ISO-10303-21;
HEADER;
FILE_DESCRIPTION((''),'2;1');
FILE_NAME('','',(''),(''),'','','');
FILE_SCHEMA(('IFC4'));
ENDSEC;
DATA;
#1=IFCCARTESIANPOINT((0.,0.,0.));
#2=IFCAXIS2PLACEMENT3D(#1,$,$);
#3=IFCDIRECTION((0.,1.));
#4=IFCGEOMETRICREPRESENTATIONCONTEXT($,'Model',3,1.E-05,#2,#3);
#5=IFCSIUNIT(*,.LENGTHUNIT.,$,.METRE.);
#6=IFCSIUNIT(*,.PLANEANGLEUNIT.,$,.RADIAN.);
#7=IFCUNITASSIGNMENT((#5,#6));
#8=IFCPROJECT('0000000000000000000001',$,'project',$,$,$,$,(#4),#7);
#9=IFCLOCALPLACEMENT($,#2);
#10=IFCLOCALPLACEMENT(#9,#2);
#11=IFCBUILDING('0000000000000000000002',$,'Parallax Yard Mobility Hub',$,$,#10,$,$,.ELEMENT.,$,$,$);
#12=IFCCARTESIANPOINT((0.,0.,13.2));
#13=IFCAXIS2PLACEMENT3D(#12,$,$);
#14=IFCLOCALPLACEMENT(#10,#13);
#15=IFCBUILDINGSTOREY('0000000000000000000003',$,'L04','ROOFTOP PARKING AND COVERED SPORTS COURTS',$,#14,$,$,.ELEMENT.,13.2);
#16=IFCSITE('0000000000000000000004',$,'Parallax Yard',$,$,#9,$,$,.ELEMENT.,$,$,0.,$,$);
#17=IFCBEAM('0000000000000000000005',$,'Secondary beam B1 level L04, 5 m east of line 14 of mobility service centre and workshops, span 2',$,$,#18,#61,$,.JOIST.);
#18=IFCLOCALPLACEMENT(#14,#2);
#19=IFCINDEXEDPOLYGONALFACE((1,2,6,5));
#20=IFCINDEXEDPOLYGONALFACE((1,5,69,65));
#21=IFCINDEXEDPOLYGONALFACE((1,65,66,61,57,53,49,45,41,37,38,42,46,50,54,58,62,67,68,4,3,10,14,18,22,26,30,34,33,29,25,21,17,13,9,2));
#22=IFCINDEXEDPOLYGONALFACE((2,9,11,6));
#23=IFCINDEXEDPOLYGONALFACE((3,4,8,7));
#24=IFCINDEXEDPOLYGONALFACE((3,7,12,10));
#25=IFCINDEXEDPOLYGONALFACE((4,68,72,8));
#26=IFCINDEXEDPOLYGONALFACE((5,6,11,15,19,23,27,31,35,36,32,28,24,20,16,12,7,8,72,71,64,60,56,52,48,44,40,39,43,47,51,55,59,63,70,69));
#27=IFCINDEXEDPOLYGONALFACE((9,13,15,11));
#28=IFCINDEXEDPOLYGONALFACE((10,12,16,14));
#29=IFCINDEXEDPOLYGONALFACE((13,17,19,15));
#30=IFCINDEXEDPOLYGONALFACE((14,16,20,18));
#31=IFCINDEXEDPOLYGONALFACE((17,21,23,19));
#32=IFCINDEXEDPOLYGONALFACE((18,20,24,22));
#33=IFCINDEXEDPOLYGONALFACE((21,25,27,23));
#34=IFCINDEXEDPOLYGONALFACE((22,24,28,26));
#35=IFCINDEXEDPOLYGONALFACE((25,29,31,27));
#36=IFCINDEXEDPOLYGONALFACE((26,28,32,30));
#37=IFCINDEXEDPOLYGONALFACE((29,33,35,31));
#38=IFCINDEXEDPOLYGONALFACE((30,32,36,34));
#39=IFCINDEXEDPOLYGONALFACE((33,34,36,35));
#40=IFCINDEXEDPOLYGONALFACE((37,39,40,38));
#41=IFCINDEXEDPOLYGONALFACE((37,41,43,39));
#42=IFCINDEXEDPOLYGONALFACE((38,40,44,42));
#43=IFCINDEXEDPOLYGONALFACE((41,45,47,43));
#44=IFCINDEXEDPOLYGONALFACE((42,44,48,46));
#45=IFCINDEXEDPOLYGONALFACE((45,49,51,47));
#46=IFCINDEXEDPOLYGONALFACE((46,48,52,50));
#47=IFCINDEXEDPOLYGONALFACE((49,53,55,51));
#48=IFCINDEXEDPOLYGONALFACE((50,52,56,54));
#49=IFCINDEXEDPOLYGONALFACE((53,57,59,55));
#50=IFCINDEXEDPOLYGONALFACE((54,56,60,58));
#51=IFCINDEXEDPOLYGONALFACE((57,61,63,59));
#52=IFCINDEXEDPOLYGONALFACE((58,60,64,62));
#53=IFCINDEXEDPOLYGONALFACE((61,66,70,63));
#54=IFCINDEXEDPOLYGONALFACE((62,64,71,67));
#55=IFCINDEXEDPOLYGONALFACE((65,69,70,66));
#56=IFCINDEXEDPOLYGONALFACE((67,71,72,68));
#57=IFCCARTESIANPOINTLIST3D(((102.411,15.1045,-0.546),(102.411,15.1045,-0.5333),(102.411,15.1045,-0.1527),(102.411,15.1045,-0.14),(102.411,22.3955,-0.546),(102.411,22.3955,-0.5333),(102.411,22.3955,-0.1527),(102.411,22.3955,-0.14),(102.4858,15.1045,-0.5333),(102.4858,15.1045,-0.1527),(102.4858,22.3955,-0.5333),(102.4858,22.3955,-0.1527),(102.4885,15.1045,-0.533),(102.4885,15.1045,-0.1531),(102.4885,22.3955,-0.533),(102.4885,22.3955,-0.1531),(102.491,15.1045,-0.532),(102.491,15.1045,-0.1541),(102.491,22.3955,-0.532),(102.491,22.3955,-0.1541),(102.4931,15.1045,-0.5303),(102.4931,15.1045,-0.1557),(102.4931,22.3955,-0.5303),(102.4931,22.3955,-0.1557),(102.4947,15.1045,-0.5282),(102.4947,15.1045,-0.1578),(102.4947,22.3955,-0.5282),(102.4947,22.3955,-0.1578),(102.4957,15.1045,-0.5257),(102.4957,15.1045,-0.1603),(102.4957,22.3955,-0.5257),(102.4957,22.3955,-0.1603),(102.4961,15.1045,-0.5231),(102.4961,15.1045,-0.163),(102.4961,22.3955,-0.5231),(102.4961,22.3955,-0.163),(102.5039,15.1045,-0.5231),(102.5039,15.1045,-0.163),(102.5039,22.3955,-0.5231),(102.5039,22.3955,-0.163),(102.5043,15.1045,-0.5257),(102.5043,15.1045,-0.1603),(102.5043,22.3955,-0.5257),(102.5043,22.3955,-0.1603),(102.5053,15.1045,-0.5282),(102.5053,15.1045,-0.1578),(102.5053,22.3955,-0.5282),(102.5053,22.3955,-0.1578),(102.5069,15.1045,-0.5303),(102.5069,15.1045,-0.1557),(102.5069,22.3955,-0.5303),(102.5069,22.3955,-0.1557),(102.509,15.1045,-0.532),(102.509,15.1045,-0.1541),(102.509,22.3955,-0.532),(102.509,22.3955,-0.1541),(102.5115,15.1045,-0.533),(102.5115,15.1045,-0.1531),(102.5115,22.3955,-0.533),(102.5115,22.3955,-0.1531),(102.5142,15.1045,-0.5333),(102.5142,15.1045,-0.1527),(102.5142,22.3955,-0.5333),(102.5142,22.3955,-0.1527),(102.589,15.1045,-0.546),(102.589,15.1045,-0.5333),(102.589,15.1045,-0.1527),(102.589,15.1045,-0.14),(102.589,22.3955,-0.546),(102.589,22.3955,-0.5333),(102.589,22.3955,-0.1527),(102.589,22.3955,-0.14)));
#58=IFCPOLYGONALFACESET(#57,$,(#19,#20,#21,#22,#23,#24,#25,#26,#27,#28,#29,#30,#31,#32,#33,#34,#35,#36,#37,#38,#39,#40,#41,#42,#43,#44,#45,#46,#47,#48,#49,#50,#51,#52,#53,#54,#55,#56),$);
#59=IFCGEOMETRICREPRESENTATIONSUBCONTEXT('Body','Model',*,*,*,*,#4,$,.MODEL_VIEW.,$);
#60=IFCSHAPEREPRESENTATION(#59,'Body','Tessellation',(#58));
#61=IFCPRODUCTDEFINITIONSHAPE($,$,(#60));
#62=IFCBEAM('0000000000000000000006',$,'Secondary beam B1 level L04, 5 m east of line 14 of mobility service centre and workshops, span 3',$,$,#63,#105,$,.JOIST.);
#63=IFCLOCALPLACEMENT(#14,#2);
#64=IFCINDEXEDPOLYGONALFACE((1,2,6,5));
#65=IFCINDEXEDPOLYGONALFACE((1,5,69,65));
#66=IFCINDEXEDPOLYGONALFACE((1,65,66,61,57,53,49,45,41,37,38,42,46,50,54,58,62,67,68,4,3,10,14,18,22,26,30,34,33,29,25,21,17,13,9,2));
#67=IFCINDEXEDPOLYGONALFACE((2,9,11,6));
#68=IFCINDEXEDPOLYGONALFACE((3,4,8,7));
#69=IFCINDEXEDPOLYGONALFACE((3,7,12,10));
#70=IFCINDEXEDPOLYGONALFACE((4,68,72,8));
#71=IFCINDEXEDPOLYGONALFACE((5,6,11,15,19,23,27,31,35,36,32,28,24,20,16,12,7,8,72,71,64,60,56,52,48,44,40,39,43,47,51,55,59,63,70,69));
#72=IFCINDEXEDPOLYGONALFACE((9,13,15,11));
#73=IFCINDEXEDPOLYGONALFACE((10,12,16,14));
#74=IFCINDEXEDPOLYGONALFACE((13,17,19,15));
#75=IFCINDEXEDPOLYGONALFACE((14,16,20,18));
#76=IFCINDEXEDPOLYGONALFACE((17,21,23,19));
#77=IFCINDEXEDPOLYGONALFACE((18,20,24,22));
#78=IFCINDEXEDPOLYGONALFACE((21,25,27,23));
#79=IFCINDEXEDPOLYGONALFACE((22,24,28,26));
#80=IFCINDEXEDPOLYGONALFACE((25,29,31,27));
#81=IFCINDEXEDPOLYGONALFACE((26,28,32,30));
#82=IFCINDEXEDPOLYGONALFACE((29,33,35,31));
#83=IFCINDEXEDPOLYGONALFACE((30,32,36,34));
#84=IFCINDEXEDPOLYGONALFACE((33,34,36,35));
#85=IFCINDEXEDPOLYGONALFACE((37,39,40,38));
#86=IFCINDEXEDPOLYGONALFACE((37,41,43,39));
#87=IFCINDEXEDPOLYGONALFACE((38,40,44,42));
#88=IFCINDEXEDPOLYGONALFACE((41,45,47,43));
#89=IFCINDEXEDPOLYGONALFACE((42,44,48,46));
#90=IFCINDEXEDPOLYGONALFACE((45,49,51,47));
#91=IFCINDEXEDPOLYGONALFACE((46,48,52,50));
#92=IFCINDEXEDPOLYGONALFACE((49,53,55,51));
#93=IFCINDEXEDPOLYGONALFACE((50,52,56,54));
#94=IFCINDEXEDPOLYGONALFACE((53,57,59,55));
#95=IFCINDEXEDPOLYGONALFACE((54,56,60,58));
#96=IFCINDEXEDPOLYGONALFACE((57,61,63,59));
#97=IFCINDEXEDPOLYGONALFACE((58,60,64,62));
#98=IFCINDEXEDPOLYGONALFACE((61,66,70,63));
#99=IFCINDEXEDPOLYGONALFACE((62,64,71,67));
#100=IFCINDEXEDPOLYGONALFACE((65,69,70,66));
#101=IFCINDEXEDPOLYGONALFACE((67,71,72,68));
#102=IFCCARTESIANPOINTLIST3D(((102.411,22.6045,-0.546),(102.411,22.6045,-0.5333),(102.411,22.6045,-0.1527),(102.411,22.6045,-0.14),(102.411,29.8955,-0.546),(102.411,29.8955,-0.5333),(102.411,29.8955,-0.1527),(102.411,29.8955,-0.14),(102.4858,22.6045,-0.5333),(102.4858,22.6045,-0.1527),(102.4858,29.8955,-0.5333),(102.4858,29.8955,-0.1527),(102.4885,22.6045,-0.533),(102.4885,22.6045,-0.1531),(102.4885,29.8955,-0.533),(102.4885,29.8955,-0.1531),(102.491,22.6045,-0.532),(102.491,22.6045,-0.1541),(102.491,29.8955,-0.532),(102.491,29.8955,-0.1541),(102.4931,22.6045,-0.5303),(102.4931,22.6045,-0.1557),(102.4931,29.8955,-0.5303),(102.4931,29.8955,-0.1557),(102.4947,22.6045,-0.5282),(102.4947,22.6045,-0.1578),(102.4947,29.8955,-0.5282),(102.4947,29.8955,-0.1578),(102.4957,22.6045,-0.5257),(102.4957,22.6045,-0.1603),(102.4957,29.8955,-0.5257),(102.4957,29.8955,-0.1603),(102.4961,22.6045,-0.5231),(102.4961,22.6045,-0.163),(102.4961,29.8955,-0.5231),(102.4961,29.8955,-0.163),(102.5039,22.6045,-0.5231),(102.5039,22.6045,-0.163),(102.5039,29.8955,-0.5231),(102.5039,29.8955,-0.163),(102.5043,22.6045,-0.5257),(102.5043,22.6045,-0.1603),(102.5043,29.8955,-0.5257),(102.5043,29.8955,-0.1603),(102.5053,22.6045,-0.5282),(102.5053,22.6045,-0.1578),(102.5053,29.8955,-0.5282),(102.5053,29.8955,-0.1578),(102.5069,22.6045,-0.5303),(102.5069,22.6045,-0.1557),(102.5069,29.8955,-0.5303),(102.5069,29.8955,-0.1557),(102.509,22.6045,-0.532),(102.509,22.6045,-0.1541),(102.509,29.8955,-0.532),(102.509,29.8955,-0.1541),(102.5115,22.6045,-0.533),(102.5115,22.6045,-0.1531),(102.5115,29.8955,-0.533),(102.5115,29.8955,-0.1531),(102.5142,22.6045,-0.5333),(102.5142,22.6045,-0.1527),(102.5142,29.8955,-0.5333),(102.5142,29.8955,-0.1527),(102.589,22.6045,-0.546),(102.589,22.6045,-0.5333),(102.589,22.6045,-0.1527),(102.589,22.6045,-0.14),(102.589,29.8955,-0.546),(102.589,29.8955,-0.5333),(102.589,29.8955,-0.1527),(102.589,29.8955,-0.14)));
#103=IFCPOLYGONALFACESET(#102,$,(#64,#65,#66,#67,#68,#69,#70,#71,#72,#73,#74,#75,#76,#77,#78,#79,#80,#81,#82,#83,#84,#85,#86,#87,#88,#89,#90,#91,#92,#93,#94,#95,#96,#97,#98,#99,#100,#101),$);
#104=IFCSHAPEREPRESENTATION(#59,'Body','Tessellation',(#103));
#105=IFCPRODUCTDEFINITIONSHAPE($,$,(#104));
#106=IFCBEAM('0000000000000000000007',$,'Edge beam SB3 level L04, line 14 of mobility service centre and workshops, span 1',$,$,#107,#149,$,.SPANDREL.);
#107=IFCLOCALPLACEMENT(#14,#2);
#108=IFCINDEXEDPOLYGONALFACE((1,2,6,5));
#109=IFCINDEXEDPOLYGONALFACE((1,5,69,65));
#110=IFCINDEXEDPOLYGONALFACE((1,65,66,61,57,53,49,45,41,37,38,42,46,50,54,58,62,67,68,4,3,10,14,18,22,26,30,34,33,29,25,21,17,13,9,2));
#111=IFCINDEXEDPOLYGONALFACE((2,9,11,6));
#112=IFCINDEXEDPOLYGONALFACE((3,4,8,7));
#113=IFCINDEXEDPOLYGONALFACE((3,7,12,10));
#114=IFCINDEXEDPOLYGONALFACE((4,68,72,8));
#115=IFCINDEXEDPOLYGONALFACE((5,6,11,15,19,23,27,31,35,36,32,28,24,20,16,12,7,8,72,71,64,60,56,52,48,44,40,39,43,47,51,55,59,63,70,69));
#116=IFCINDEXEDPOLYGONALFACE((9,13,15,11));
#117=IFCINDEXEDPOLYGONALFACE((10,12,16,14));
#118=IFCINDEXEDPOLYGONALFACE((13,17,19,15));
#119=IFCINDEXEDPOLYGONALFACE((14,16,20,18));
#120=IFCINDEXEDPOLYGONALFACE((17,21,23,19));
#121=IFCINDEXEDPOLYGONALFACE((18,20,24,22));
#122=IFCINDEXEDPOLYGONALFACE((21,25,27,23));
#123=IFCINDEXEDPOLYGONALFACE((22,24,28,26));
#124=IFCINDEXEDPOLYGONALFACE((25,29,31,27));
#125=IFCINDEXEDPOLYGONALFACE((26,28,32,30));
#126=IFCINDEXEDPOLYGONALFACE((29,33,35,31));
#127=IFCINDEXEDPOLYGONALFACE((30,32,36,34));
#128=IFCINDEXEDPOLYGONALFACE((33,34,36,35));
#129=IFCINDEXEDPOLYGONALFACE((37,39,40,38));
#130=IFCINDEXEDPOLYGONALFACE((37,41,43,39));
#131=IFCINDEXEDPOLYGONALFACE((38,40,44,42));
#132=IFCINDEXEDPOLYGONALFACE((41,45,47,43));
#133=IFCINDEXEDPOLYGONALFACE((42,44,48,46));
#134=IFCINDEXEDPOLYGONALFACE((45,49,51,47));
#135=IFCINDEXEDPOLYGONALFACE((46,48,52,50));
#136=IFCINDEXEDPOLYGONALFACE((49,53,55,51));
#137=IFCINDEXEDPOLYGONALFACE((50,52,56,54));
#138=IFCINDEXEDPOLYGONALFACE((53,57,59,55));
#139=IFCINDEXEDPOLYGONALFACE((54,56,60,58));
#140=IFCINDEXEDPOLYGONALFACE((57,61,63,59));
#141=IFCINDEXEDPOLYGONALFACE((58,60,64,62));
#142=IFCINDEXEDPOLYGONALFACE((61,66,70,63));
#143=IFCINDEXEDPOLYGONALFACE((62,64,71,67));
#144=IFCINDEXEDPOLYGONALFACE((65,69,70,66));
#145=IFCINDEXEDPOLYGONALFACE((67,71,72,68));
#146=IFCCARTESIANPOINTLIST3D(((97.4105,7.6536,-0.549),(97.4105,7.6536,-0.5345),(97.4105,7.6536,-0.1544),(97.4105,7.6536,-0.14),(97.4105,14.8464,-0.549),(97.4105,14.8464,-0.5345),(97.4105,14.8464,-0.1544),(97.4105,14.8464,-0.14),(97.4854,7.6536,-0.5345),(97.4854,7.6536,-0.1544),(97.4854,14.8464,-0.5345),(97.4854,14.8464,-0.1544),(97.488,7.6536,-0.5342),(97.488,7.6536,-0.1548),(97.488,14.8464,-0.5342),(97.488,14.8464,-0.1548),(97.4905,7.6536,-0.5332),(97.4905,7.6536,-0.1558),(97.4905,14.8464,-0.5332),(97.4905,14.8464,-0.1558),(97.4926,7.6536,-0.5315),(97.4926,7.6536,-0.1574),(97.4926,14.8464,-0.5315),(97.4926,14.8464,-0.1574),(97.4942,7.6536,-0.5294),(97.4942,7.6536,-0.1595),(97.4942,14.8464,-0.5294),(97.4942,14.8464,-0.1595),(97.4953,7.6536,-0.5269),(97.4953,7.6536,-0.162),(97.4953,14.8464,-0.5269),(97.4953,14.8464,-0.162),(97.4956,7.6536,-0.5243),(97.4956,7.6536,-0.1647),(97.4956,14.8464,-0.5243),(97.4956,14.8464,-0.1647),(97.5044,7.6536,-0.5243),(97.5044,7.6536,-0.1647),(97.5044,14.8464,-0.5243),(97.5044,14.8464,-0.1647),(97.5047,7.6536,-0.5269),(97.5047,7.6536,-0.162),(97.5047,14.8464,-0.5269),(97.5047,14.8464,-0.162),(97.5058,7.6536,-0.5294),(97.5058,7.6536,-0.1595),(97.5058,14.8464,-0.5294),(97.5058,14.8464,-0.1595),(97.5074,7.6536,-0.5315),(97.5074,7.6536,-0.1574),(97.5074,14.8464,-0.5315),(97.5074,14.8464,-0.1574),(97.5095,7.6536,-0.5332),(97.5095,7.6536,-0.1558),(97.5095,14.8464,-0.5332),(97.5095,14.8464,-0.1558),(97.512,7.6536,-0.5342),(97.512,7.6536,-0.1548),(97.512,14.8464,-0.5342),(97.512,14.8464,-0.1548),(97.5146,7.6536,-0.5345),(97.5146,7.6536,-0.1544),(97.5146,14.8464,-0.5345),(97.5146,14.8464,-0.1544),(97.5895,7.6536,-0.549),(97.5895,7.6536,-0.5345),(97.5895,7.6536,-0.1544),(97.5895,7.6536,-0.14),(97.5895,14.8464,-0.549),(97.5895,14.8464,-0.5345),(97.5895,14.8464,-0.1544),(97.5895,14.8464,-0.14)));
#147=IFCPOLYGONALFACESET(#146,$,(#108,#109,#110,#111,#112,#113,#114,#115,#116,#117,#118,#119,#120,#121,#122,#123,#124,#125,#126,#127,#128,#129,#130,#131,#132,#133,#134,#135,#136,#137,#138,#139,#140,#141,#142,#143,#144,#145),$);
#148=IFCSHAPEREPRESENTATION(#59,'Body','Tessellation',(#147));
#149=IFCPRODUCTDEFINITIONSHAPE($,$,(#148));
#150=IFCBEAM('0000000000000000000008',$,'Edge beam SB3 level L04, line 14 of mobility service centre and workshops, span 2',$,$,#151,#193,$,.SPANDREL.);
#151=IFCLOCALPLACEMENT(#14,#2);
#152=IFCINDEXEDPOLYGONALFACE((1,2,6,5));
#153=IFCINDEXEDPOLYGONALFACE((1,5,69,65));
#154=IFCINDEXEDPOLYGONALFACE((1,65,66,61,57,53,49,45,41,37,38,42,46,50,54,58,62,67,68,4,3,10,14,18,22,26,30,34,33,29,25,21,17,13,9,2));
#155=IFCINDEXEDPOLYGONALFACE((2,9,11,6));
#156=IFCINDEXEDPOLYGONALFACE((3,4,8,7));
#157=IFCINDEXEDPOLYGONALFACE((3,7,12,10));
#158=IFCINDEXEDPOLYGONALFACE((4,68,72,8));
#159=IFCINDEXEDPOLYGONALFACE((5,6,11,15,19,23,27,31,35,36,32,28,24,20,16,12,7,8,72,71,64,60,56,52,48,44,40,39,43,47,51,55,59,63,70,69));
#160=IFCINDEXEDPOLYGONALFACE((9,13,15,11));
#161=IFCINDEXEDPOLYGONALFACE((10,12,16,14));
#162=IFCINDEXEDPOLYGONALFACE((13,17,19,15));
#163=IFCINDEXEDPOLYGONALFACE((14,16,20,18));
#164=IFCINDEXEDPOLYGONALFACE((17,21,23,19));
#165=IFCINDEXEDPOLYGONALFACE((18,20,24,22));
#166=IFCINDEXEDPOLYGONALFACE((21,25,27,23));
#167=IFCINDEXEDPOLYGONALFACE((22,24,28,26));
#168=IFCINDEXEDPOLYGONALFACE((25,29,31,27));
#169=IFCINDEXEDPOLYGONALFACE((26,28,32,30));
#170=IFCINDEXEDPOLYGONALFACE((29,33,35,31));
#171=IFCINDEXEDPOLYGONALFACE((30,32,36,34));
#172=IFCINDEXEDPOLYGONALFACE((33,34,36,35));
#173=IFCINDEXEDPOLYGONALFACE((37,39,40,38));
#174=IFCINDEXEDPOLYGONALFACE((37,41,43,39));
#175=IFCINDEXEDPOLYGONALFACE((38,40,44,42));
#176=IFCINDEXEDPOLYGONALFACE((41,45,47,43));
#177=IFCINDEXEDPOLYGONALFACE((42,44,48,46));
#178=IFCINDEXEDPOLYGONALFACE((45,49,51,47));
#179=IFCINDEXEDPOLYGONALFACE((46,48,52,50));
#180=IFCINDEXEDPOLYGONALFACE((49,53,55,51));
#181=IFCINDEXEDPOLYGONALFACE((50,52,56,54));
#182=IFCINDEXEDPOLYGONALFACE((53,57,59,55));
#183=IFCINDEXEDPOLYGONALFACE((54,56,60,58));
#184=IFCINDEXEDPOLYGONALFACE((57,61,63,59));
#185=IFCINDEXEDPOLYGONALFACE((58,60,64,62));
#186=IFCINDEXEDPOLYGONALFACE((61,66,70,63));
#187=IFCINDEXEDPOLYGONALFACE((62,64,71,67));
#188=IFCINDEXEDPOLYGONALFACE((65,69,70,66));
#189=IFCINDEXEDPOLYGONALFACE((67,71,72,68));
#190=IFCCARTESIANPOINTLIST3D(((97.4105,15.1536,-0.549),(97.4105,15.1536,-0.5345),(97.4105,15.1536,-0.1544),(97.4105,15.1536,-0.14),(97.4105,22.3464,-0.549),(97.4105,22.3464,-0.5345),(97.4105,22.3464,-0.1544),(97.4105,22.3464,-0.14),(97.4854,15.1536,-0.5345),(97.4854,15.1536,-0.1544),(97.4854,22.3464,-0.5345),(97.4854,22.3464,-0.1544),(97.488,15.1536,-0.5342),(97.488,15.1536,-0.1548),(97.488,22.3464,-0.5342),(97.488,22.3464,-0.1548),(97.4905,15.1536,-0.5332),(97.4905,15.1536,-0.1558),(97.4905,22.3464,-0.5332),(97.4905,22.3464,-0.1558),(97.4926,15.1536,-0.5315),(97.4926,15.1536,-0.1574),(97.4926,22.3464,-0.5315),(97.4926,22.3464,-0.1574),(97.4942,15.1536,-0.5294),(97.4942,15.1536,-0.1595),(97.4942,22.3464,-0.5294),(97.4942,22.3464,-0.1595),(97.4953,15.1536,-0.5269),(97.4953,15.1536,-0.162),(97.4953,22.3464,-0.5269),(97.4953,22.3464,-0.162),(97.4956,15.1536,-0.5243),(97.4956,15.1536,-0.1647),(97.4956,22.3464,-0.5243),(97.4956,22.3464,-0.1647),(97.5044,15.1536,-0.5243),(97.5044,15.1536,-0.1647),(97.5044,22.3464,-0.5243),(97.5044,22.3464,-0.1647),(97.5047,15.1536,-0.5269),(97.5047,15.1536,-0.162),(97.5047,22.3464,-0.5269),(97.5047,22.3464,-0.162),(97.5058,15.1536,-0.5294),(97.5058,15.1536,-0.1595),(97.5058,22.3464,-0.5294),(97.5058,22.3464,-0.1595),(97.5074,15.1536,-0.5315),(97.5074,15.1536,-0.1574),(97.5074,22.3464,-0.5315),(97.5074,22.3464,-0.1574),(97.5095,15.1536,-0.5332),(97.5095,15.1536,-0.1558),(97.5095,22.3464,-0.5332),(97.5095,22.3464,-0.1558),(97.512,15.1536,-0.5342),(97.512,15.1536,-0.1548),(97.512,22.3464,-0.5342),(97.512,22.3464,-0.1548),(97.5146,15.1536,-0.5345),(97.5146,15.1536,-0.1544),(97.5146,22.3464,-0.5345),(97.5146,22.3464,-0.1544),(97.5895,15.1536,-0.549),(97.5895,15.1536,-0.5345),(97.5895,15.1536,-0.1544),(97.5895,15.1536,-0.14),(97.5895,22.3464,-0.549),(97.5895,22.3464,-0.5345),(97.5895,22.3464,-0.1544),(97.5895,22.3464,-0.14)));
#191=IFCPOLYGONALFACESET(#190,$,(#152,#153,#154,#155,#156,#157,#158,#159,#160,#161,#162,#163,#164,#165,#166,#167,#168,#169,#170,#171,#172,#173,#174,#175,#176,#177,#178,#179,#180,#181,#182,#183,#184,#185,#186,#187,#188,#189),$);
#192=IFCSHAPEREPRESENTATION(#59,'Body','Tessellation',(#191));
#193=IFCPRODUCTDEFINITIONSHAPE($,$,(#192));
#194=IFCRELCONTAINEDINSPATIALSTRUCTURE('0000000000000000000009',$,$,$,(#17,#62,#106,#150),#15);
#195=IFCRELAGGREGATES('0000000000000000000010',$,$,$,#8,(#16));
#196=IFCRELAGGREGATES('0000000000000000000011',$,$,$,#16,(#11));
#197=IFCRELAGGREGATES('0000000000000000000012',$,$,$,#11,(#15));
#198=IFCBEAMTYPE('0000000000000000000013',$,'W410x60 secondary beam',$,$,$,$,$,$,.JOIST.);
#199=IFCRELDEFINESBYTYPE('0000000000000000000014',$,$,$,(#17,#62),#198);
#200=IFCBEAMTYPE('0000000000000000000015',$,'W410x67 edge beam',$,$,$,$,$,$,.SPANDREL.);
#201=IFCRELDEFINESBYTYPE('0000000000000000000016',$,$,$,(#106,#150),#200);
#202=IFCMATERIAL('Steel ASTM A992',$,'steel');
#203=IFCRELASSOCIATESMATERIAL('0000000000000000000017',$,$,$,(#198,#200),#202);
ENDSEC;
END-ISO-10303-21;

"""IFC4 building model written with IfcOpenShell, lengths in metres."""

from ifc_helpers import new_model, si_unit, direction, frame, origin, origin_2d, place, context, subcontext, project, spatial, i_section, extrude, material, material_profile, profile_set, type_object, element, save


model = new_model("IFC4")

# Units and contexts
model_context = context("Model", 3, precision=1e-05, world=origin(), true_north=direction((0.0, 1.0)))
body_context = subcontext(model_context, "Body", "Model", "MODEL_VIEW")
ifc_project = project(units=[si_unit("LENGTHUNIT", "METRE"), si_unit("PLANEANGLEUNIT", "RADIAN")], contexts=[model_context])

# Site, building, storey
site_placement = place(None, origin())
site = spatial("IfcSite", under=ifc_project, at=site_placement, Name="Parallax Yard", CompositionType="ELEMENT", RefElevation=0.0)
building_placement = place(site_placement, origin())
building = spatial("IfcBuilding", under=site, at=building_placement, Name="Parallax Yard Mobility Hub", CompositionType="ELEMENT")
storey_placement = place(building_placement, frame((0.0, 0.0, 13.2)))
storey = spatial("IfcBuildingStorey", under=building, at=storey_placement, Name="L04", Description="ROOFTOP PARKING AND COVERED SPORTS COURTS", CompositionType="ELEMENT", Elevation=13.2)

# Shared definitions
ifc_material_1 = material(Name="Steel ASTM A992", Category="steel")

# Beams
ifc_material_profile_1 = material_profile(ifc_material_1, i_section(OverallWidth=0.178, OverallDepth=0.406, WebThickness=0.0078, FlangeThickness=0.0127, FilletRadius=0.0103, at=origin_2d()), Name="W410x60")
ifc_profile_set_1 = profile_set([ifc_material_profile_1], Name="Steel ASTM A992")
beam_type_1 = type_object("IfcBeamType", Name="W410x60 secondary beam", PredefinedType="JOIST", material=ifc_profile_set_1)
for number, where, z_axis, x_axis, name in (
    (1, (102.5, 15.1045, -0.343), (0.0, 1.0, 0.0), (-1.0, 0.0, 0.0), "Secondary beam B1 level L04, 5 m east of line 14 of mobility service centre and workshops, span 2"),
    (2, (102.5, 22.6045, -0.343), (0.0, 1.0, 0.0), (-1.0, 0.0, 0.0), "Secondary beam B1 level L04, 5 m east of line 14 of mobility service centre and workshops, span 3"),
):
    element("IfcBeam", number, at=place(storey_placement, frame(where, z_axis=z_axis, x_axis=x_axis)), inside=storey, type_object=beam_type_1, Name=name, PredefinedType="JOIST", context=body_context, shape_type="SweptSolid", body=[
        extrude(i_section(OverallWidth=0.178, OverallDepth=0.406, WebThickness=0.0078, FlangeThickness=0.0127, FilletRadius=0.0103, at=origin_2d()), origin(), (0.0, 0.0, 1.0), 7.291),
    ])
ifc_material_profile_2 = material_profile(ifc_material_1, i_section(OverallWidth=0.179, OverallDepth=0.4089, WebThickness=0.0088, FlangeThickness=0.0144, FilletRadius=0.0103, at=origin_2d()), Name="W410x67")
ifc_profile_set_2 = profile_set([ifc_material_profile_2], Name="Steel ASTM A992")
beam_type_2 = type_object("IfcBeamType", Name="W410x67 edge beam", PredefinedType="SPANDREL", material=ifc_profile_set_2)
for number, where, z_axis, x_axis, name in (
    (3, (97.5, 7.6536, -0.3445), (0.0, 1.0, 0.0), (-1.0, 0.0, 0.0), "Edge beam SB3 level L04, line 14 of mobility service centre and workshops, span 1"),
    (4, (97.5, 15.1536, -0.3445), (0.0, 1.0, 0.0), (-1.0, 0.0, 0.0), "Edge beam SB3 level L04, line 14 of mobility service centre and workshops, span 2"),
):
    element("IfcBeam", number, at=place(storey_placement, frame(where, z_axis=z_axis, x_axis=x_axis)), inside=storey, type_object=beam_type_2, Name=name, PredefinedType="SPANDREL", context=body_context, shape_type="SweptSolid", body=[
        extrude(i_section(OverallWidth=0.179, OverallDepth=0.4089, WebThickness=0.0088, FlangeThickness=0.0144, FilletRadius=0.0103, at=origin_2d()), origin(), (0.0, 0.0, 1.0), 7.1929),
    ])

save(model, "model.ifc")
